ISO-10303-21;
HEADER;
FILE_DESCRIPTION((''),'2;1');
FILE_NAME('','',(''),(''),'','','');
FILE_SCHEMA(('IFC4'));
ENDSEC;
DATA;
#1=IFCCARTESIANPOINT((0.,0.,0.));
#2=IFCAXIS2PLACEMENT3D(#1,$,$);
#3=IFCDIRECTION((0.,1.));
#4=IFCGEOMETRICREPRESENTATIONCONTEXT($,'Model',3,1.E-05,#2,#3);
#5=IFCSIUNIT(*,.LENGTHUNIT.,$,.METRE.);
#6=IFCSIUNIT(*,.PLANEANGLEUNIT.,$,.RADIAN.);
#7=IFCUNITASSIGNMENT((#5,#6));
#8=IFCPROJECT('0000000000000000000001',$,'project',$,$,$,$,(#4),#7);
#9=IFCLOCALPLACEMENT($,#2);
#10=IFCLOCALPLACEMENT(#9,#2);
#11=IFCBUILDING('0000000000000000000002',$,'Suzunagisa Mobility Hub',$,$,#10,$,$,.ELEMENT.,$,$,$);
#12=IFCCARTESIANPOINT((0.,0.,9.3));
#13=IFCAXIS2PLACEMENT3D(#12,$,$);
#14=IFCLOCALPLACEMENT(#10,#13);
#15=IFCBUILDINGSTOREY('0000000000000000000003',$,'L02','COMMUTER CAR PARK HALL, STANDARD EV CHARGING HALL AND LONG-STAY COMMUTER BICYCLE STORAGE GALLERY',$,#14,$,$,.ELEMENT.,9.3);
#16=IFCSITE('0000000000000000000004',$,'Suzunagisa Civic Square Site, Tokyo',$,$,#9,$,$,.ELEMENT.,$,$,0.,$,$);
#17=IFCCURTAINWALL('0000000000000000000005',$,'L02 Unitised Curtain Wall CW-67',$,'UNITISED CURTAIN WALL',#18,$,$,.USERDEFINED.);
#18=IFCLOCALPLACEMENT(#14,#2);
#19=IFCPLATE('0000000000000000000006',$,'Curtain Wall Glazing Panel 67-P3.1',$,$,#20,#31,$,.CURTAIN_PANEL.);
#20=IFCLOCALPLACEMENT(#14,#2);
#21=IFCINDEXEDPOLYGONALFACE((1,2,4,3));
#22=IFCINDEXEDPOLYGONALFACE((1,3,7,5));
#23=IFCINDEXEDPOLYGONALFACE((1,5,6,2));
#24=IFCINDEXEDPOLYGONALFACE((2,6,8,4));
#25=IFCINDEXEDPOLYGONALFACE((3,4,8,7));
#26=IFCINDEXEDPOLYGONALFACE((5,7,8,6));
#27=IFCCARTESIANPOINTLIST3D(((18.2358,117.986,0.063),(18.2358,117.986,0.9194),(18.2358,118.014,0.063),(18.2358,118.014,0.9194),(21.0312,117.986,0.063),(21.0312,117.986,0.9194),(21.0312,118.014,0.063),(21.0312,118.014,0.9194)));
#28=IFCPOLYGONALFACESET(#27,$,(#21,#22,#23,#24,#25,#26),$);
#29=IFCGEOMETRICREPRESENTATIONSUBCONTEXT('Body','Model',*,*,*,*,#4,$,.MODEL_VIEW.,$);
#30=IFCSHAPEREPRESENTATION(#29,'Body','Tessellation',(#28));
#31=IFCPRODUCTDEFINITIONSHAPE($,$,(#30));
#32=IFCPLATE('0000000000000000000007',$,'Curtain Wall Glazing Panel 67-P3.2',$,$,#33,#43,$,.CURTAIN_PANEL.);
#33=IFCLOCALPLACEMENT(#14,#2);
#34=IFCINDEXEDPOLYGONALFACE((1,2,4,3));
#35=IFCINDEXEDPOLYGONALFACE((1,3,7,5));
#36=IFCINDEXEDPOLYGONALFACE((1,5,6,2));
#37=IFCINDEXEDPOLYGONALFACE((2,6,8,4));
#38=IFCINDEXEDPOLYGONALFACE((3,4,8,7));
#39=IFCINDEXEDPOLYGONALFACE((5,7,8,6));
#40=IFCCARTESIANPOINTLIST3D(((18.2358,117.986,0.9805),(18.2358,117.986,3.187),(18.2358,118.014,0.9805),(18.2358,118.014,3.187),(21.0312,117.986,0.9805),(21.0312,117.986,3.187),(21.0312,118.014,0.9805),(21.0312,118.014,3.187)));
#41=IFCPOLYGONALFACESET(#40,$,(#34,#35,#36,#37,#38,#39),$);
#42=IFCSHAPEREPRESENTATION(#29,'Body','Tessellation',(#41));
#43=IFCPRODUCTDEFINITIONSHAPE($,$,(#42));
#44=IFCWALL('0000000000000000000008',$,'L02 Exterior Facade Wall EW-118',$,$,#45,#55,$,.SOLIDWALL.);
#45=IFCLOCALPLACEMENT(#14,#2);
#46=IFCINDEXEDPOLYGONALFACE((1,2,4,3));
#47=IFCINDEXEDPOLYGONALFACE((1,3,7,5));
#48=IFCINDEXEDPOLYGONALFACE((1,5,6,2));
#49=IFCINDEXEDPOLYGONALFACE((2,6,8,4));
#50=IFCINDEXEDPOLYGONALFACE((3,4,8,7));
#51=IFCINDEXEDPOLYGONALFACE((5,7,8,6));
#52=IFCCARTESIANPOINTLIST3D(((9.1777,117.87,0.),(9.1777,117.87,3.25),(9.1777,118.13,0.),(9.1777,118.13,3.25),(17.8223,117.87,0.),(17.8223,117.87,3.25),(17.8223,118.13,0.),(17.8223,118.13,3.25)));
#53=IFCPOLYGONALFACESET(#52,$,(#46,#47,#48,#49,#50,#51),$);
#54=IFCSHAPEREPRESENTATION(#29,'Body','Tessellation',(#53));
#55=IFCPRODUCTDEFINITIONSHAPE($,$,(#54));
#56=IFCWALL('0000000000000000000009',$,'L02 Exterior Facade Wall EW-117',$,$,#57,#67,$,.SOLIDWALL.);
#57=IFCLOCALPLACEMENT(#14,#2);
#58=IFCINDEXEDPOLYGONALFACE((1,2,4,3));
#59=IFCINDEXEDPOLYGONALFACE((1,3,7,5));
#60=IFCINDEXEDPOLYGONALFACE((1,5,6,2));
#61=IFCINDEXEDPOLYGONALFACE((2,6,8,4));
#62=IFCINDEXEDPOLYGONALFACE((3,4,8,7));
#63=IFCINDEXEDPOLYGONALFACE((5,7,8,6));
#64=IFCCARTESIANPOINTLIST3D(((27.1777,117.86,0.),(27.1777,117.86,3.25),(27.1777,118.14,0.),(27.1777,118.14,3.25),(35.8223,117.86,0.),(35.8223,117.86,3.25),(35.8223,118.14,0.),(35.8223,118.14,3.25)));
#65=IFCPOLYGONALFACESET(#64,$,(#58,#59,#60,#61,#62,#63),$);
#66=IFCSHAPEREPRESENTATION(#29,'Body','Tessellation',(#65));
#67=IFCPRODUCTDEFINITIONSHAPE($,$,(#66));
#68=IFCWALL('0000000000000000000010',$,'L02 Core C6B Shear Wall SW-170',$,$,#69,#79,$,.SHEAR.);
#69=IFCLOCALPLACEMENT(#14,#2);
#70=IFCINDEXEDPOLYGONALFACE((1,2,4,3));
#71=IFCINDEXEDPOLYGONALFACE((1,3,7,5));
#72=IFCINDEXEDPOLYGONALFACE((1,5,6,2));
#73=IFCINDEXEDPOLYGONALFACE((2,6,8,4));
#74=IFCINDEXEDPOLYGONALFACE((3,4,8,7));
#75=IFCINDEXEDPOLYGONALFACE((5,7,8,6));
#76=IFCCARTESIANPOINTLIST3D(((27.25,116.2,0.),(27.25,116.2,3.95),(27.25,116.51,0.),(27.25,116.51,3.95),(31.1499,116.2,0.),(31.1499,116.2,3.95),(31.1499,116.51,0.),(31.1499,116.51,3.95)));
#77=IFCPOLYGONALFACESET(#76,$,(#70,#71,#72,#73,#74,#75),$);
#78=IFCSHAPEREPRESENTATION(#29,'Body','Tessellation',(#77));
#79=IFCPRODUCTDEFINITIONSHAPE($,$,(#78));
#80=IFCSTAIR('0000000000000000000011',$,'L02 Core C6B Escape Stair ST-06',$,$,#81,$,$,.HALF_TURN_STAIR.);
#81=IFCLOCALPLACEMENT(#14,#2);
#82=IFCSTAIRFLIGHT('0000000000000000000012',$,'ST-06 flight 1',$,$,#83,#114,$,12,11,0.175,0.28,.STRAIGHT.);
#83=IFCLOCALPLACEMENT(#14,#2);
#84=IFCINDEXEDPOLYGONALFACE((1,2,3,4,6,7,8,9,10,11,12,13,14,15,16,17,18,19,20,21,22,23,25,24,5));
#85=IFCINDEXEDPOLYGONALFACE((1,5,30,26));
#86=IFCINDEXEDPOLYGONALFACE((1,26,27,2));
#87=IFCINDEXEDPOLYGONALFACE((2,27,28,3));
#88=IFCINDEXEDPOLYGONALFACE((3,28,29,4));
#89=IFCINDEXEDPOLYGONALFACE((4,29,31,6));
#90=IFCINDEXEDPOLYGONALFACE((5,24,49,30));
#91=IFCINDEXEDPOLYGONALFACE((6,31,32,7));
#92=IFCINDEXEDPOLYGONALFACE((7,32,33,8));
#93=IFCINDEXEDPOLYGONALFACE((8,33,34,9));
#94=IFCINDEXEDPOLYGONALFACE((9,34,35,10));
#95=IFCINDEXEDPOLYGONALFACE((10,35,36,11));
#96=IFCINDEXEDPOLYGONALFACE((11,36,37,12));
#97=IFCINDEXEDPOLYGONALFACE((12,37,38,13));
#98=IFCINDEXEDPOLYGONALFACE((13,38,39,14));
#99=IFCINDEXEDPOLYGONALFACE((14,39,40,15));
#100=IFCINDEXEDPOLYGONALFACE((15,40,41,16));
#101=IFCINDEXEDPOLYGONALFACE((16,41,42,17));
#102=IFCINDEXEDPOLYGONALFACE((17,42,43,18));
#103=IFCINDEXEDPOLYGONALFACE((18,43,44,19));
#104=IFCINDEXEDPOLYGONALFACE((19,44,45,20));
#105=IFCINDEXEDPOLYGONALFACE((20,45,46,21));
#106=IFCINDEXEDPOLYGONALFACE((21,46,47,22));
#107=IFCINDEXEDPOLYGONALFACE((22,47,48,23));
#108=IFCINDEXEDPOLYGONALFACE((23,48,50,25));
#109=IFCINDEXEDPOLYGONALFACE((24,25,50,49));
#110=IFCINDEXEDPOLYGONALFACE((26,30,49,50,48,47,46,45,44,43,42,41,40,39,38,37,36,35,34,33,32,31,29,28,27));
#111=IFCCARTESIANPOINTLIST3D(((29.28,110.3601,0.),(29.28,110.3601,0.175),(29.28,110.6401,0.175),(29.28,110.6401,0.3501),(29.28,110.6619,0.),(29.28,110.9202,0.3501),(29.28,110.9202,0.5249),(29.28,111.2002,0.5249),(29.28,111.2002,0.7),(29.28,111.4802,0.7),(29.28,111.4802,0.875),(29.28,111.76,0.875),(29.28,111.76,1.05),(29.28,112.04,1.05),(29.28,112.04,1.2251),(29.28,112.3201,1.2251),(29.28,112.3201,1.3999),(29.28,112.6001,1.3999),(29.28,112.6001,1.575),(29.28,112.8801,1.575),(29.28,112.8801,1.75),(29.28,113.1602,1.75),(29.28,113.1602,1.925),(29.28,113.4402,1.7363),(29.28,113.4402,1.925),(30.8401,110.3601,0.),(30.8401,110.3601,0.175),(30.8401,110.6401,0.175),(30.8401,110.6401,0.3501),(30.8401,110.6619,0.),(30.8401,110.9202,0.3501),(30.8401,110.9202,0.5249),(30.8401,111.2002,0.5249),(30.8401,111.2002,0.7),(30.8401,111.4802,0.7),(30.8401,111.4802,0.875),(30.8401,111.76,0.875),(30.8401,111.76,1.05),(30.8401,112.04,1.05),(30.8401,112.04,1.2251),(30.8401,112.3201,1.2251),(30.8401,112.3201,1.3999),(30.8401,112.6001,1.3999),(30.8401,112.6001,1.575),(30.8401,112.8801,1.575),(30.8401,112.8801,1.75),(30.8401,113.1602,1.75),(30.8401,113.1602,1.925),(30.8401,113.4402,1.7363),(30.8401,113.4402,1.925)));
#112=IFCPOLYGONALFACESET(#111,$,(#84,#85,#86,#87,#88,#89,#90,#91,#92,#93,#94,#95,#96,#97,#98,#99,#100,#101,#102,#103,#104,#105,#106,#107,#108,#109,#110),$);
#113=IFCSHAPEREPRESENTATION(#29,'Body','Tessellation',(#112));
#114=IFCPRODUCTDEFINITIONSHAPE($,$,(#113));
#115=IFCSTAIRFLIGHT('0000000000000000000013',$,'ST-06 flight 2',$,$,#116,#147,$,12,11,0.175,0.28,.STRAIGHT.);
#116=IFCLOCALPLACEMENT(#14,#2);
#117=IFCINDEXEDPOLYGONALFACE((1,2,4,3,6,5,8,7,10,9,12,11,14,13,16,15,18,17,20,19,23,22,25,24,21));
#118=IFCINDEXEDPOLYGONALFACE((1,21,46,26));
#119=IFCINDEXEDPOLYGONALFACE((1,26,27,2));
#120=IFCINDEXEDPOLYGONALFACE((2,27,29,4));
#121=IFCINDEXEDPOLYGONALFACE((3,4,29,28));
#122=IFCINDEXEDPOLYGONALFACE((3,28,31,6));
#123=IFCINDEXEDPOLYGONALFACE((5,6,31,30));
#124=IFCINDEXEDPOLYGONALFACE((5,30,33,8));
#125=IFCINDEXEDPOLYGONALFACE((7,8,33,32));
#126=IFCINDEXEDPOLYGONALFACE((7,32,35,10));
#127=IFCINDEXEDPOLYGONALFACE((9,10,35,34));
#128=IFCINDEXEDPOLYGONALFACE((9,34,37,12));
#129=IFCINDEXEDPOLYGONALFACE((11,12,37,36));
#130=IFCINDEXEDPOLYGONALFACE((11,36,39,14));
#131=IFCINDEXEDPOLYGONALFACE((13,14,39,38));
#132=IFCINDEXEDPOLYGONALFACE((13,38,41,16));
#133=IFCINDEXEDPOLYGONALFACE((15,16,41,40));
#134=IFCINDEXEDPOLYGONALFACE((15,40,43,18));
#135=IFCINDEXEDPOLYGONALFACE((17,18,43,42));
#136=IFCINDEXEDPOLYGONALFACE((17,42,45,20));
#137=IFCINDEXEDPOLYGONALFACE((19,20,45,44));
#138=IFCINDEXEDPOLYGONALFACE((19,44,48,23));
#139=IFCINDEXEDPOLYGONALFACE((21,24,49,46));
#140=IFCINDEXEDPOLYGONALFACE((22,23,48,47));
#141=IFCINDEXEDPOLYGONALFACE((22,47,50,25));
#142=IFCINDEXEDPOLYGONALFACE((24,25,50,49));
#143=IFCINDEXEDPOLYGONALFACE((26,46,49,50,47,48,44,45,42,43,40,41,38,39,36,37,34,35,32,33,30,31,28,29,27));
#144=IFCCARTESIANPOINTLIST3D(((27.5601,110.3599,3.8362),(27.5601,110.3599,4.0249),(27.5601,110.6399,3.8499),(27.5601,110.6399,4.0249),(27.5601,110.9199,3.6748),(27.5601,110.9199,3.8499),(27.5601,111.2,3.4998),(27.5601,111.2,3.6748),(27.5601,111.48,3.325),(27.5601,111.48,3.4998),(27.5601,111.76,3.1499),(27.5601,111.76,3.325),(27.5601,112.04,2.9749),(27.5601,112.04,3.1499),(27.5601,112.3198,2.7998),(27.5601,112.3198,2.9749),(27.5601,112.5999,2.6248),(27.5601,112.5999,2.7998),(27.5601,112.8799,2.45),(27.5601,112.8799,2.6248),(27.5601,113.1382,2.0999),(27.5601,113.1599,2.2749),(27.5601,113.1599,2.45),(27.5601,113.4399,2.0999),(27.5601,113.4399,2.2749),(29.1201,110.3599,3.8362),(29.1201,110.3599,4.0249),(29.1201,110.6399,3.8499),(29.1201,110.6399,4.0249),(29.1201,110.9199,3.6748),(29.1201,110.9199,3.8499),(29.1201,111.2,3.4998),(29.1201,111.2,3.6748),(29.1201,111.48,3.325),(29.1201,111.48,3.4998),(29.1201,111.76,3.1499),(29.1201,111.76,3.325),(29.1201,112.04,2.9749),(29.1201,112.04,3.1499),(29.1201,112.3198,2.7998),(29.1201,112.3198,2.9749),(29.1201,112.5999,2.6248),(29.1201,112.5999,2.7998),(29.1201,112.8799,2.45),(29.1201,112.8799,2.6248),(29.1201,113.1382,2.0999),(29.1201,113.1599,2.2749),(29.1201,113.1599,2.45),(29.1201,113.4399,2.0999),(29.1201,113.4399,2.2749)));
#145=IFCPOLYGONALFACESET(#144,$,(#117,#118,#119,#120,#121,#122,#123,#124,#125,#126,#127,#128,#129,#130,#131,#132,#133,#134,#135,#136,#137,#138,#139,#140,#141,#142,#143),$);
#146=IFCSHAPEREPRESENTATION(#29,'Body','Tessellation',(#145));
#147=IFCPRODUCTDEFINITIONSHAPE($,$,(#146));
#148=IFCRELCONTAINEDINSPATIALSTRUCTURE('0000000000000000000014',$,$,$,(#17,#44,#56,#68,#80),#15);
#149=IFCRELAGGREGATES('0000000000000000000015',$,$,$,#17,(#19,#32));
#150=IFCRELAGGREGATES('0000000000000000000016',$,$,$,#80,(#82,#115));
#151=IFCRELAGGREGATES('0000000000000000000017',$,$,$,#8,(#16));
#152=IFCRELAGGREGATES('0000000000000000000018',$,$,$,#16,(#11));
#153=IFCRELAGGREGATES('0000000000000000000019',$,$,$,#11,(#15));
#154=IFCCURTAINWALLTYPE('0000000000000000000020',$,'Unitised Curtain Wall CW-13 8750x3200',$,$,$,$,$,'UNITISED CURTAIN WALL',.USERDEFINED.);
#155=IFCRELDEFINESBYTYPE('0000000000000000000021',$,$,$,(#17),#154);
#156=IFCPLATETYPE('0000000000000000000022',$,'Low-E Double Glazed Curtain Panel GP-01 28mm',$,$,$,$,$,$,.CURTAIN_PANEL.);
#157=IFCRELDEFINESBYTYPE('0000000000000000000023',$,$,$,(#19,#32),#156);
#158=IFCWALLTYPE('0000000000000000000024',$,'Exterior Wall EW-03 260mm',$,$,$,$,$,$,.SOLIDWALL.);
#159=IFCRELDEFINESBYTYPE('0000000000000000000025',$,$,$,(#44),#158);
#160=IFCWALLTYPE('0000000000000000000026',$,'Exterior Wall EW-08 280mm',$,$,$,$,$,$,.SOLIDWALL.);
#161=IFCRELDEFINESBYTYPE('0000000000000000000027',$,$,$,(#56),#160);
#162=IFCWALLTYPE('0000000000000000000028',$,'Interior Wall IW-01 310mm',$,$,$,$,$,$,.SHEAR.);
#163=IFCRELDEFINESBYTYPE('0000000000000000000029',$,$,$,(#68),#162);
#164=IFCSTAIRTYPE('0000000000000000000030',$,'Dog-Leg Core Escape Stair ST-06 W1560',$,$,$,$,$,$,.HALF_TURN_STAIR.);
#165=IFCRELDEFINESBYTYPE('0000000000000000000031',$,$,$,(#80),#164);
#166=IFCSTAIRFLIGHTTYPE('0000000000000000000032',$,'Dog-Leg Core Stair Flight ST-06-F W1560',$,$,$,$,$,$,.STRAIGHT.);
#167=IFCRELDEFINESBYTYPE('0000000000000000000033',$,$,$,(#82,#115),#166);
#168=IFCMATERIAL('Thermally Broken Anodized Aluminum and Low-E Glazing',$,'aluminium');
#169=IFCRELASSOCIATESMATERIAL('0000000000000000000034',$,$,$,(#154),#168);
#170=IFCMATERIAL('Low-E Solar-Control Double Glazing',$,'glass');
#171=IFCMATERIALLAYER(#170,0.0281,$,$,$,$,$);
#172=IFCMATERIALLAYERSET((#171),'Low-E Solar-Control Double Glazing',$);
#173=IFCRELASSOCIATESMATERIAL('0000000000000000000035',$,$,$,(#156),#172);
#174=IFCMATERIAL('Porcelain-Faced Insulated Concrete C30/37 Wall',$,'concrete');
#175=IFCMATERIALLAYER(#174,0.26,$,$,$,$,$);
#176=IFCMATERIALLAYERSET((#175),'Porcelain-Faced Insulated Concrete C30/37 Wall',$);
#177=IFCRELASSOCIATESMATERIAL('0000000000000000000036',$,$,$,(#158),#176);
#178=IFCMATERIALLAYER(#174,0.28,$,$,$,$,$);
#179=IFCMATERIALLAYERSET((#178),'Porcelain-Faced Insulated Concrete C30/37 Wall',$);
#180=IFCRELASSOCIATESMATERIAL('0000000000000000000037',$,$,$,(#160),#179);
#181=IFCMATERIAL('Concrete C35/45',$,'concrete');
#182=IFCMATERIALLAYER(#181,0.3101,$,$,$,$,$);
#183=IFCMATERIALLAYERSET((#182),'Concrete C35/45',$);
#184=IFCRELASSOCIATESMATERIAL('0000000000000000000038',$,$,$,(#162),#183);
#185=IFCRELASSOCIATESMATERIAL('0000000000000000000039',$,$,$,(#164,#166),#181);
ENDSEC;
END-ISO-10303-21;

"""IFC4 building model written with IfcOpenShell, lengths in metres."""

from ifc_helpers import new_model, si_unit, direction, frame, frame_2d, origin, origin_2d, place, context, subcontext, project, spatial, polyline, rectangle, outline, extrude, material, layer, layer_set, type_object, element, aggregate, save


model = new_model("IFC4")

# Units and contexts
model_context = context("Model", 3, precision=1e-05, world=origin(), true_north=direction((0.0, 1.0)))
body_context = subcontext(model_context, "Body", "Model", "MODEL_VIEW")
ifc_project = project(units=[si_unit("LENGTHUNIT", "METRE"), si_unit("PLANEANGLEUNIT", "RADIAN")], contexts=[model_context])

# Site, building, storey
site_placement = place(None, origin())
site = spatial("IfcSite", under=ifc_project, at=site_placement, Name="Suzunagisa Civic Square Site, Tokyo", CompositionType="ELEMENT", RefElevation=0.0)
building_placement = place(site_placement, origin())
building = spatial("IfcBuilding", under=site, at=building_placement, Name="Suzunagisa Mobility Hub", CompositionType="ELEMENT")
storey_placement = place(building_placement, frame((0.0, 0.0, 9.3)))
storey = spatial("IfcBuildingStorey", under=building, at=storey_placement, Name="L02", Description="COMMUTER CAR PARK HALL, STANDARD EV CHARGING HALL AND LONG-STAY COMMUTER BICYCLE STORAGE GALLERY", CompositionType="ELEMENT", Elevation=9.3)

# Curtain wall
ifc_material_1 = material(Name="Thermally Broken Anodized Aluminum and Low-E Glazing", Category="aluminium")
curtain_wall_type = type_object("IfcCurtainWallType", Name="Unitised Curtain Wall CW-13 8750x3200", ElementType="UNITISED CURTAIN WALL", PredefinedType="USERDEFINED", material=ifc_material_1)
curtain_wall_placement = place(storey_placement, origin())
curtain_wall = element("IfcCurtainWall", 1, at=curtain_wall_placement, inside=storey, type_object=curtain_wall_type, Name="L02 Unitised Curtain Wall CW-67", ObjectType="UNITISED CURTAIN WALL", PredefinedType="USERDEFINED")

# Plates
ifc_material_2 = material(Name="Low-E Solar-Control Double Glazing", Category="glass")
ifc_layer_1 = layer(ifc_material_2, 0.0281)
ifc_layer_set_1 = layer_set([ifc_layer_1], Name="Low-E Solar-Control Double Glazing")
plate_type = type_object("IfcPlateType", Name="Low-E Double Glazed Curtain Panel GP-01 28mm", PredefinedType="CURTAIN_PANEL", material=ifc_layer_set_1)
plate_1_placement = place(storey_placement, frame((19.6335, 118.0, 0.063), z_axis=(0.0, 0.0, 1.0), x_axis=(-1.0, 0.0, 0.0)))
plate_1 = element("IfcPlate", 2, at=plate_1_placement, type_object=plate_type, Name="Curtain Wall Glazing Panel 67-P3.1", PredefinedType="CURTAIN_PANEL", context=body_context, shape_type="SweptSolid", body=[
    extrude(rectangle(XDim=2.7954, YDim=0.0281, at=origin_2d()), origin(), (0.0, 0.0, 1.0), 0.8564),
])
plate_2_placement = place(storey_placement, frame((19.6335, 118.0, 0.9805), z_axis=(0.0, 0.0, 1.0), x_axis=(-1.0, 0.0, 0.0)))
plate_2 = element("IfcPlate", 3, at=plate_2_placement, type_object=plate_type, Name="Curtain Wall Glazing Panel 67-P3.2", PredefinedType="CURTAIN_PANEL", context=body_context, shape_type="SweptSolid", body=[
    extrude(rectangle(XDim=2.7954, YDim=0.0281, at=origin_2d()), origin(), (0.0, 0.0, 1.0), 2.2065),
])
aggregate(curtain_wall, [plate_1, plate_2])

# Walls
ifc_material_3 = material(Name="Porcelain-Faced Insulated Concrete C30/37 Wall", Category="concrete")
ifc_layer_2 = layer(ifc_material_3, 0.26)
ifc_layer_set_2 = layer_set([ifc_layer_2], Name="Porcelain-Faced Insulated Concrete C30/37 Wall")
wall_type_1 = type_object("IfcWallType", Name="Exterior Wall EW-03 260mm", PredefinedType="SOLIDWALL", material=ifc_layer_set_2)
wall_1_placement = place(storey_placement, frame((17.8223, 118.0, 0.0), z_axis=(0.0, 0.0, 1.0), x_axis=(-1.0, 0.0, 0.0)))
element("IfcWall", 4, at=wall_1_placement, inside=storey, type_object=wall_type_1, Name="L02 Exterior Facade Wall EW-118", PredefinedType="SOLIDWALL", context=body_context, shape_type="SweptSolid", body=[
    extrude(rectangle(XDim=8.6445, YDim=0.26, at=frame_2d((4.3223, 0.0))), origin(), (0.0, 0.0, 1.0), 3.25),
])
ifc_layer_3 = layer(ifc_material_3, 0.28)
ifc_layer_set_3 = layer_set([ifc_layer_3], Name="Porcelain-Faced Insulated Concrete C30/37 Wall")
wall_type_2 = type_object("IfcWallType", Name="Exterior Wall EW-08 280mm", PredefinedType="SOLIDWALL", material=ifc_layer_set_3)
wall_2_placement = place(storey_placement, frame((35.8223, 118.0, 0.0), z_axis=(0.0, 0.0, 1.0), x_axis=(-1.0, 0.0, 0.0)))
element("IfcWall", 5, at=wall_2_placement, inside=storey, type_object=wall_type_2, Name="L02 Exterior Facade Wall EW-117", PredefinedType="SOLIDWALL", context=body_context, shape_type="SweptSolid", body=[
    extrude(rectangle(XDim=8.6445, YDim=0.28, at=frame_2d((4.3223, 0.0))), origin(), (0.0, 0.0, 1.0), 3.25),
])
ifc_material_4 = material(Name="Concrete C35/45", Category="concrete")
ifc_layer_4 = layer(ifc_material_4, 0.3101)
ifc_layer_set_4 = layer_set([ifc_layer_4], Name="Concrete C35/45")
wall_type_3 = type_object("IfcWallType", Name="Interior Wall IW-01 310mm", PredefinedType="SHEAR", material=ifc_layer_set_4)
wall_3_placement = place(storey_placement, frame((27.25, 116.355, 0.0), z_axis=(0.0, 0.0, 1.0), x_axis=(1.0, 0.0, 0.0)))
element("IfcWall", 6, at=wall_3_placement, inside=storey, type_object=wall_type_3, Name="L02 Core C6B Shear Wall SW-170", PredefinedType="SHEAR", context=body_context, shape_type="SweptSolid", body=[
    extrude(rectangle(XDim=3.8999, YDim=0.3101, at=frame_2d((1.95, 0.0))), origin(), (0.0, 0.0, 1.0), 3.95),
])

# Stair, stair flights
stair_type = type_object("IfcStairType", Name="Dog-Leg Core Escape Stair ST-06 W1560", PredefinedType="HALF_TURN_STAIR", material=ifc_material_4)
stair_placement = place(storey_placement, origin())
stair = element("IfcStair", 7, at=stair_placement, inside=storey, type_object=stair_type, Name="L02 Core C6B Escape Stair ST-06", PredefinedType="HALF_TURN_STAIR")
stair_flight_type = type_object("IfcStairFlightType", Name="Dog-Leg Core Stair Flight ST-06-F W1560", PredefinedType="STRAIGHT", material=ifc_material_4)
stair_flight_1_placement = place(storey_placement, frame((30.0601, 110.3601, 0.0), z_axis=(0.0, 0.0, 1.0), x_axis=(0.0, 1.0, 0.0)))
stair_flight_1 = element("IfcStairFlight", 8, at=stair_flight_1_placement, type_object=stair_flight_type, Name="ST-06 flight 1", NumberOfRisers=12, NumberOfTreads=11, PredefinedType="STRAIGHT", RiserHeight=0.175, TreadLength=0.28, context=body_context, shape_type="SweptSolid", body=[
    extrude(outline(polyline([(0.0, 0.0), (0.0, 0.175), (0.28, 0.175), (0.28, 0.3501), (0.5601, 0.3501), (0.5601, 0.5249), (0.8401, 0.5249), (0.8401, 0.7), (1.1201, 0.7), (1.1201, 0.875), (1.3999, 0.875), (1.3999, 1.05), (1.6799, 1.05), (1.6799, 1.2251), (1.96, 1.2251), (1.96, 1.3999), (2.24, 1.3999), (2.24, 1.575), (2.52, 1.575), (2.52, 1.75), (2.8, 1.75), (2.8, 1.925), (3.0801, 1.925), (3.0801, 2.1001), (3.0801, 1.7363), (0.3018, 0.0), (0.0, 0.0)])), frame((0.0, 0.78, 0.0), z_axis=(0.0, -1.0, 0.0), x_axis=(1.0, 0.0, 0.0)), (0.0, 0.0, 1.0), 1.5601),
])
stair_flight_2_placement = place(storey_placement, frame((28.3401, 113.4399, 2.0999), z_axis=(0.0, 0.0, 1.0), x_axis=(0.0, -1.0, 0.0)))
stair_flight_2 = element("IfcStairFlight", 9, at=stair_flight_2_placement, type_object=stair_flight_type, Name="ST-06 flight 2", NumberOfRisers=12, NumberOfTreads=11, PredefinedType="STRAIGHT", RiserHeight=0.175, TreadLength=0.28, context=body_context, shape_type="SweptSolid", body=[
    extrude(outline(polyline([(0.0, 0.0), (0.0, 0.175), (0.28, 0.175), (0.28, 0.3501), (0.5601, 0.3501), (0.5601, 0.5249), (0.8401, 0.5249), (0.8401, 0.7), (1.1201, 0.7), (1.1201, 0.875), (1.3999, 0.875), (1.3999, 1.05), (1.6799, 1.05), (1.6799, 1.2251), (1.96, 1.2251), (1.96, 1.3999), (2.24, 1.3999), (2.24, 1.575), (2.52, 1.575), (2.52, 1.75), (2.8, 1.75), (2.8, 1.925), (3.0801, 1.925), (3.0801, 2.1001), (3.0801, 1.7363), (0.3018, 0.0), (0.0, 0.0)])), frame((0.0, 0.78, 0.0), z_axis=(0.0, -1.0, 0.0), x_axis=(1.0, 0.0, 0.0)), (0.0, 0.0, 1.0), 1.5601),
])
aggregate(stair, [stair_flight_1, stair_flight_2])

save(model, "model.ifc")
